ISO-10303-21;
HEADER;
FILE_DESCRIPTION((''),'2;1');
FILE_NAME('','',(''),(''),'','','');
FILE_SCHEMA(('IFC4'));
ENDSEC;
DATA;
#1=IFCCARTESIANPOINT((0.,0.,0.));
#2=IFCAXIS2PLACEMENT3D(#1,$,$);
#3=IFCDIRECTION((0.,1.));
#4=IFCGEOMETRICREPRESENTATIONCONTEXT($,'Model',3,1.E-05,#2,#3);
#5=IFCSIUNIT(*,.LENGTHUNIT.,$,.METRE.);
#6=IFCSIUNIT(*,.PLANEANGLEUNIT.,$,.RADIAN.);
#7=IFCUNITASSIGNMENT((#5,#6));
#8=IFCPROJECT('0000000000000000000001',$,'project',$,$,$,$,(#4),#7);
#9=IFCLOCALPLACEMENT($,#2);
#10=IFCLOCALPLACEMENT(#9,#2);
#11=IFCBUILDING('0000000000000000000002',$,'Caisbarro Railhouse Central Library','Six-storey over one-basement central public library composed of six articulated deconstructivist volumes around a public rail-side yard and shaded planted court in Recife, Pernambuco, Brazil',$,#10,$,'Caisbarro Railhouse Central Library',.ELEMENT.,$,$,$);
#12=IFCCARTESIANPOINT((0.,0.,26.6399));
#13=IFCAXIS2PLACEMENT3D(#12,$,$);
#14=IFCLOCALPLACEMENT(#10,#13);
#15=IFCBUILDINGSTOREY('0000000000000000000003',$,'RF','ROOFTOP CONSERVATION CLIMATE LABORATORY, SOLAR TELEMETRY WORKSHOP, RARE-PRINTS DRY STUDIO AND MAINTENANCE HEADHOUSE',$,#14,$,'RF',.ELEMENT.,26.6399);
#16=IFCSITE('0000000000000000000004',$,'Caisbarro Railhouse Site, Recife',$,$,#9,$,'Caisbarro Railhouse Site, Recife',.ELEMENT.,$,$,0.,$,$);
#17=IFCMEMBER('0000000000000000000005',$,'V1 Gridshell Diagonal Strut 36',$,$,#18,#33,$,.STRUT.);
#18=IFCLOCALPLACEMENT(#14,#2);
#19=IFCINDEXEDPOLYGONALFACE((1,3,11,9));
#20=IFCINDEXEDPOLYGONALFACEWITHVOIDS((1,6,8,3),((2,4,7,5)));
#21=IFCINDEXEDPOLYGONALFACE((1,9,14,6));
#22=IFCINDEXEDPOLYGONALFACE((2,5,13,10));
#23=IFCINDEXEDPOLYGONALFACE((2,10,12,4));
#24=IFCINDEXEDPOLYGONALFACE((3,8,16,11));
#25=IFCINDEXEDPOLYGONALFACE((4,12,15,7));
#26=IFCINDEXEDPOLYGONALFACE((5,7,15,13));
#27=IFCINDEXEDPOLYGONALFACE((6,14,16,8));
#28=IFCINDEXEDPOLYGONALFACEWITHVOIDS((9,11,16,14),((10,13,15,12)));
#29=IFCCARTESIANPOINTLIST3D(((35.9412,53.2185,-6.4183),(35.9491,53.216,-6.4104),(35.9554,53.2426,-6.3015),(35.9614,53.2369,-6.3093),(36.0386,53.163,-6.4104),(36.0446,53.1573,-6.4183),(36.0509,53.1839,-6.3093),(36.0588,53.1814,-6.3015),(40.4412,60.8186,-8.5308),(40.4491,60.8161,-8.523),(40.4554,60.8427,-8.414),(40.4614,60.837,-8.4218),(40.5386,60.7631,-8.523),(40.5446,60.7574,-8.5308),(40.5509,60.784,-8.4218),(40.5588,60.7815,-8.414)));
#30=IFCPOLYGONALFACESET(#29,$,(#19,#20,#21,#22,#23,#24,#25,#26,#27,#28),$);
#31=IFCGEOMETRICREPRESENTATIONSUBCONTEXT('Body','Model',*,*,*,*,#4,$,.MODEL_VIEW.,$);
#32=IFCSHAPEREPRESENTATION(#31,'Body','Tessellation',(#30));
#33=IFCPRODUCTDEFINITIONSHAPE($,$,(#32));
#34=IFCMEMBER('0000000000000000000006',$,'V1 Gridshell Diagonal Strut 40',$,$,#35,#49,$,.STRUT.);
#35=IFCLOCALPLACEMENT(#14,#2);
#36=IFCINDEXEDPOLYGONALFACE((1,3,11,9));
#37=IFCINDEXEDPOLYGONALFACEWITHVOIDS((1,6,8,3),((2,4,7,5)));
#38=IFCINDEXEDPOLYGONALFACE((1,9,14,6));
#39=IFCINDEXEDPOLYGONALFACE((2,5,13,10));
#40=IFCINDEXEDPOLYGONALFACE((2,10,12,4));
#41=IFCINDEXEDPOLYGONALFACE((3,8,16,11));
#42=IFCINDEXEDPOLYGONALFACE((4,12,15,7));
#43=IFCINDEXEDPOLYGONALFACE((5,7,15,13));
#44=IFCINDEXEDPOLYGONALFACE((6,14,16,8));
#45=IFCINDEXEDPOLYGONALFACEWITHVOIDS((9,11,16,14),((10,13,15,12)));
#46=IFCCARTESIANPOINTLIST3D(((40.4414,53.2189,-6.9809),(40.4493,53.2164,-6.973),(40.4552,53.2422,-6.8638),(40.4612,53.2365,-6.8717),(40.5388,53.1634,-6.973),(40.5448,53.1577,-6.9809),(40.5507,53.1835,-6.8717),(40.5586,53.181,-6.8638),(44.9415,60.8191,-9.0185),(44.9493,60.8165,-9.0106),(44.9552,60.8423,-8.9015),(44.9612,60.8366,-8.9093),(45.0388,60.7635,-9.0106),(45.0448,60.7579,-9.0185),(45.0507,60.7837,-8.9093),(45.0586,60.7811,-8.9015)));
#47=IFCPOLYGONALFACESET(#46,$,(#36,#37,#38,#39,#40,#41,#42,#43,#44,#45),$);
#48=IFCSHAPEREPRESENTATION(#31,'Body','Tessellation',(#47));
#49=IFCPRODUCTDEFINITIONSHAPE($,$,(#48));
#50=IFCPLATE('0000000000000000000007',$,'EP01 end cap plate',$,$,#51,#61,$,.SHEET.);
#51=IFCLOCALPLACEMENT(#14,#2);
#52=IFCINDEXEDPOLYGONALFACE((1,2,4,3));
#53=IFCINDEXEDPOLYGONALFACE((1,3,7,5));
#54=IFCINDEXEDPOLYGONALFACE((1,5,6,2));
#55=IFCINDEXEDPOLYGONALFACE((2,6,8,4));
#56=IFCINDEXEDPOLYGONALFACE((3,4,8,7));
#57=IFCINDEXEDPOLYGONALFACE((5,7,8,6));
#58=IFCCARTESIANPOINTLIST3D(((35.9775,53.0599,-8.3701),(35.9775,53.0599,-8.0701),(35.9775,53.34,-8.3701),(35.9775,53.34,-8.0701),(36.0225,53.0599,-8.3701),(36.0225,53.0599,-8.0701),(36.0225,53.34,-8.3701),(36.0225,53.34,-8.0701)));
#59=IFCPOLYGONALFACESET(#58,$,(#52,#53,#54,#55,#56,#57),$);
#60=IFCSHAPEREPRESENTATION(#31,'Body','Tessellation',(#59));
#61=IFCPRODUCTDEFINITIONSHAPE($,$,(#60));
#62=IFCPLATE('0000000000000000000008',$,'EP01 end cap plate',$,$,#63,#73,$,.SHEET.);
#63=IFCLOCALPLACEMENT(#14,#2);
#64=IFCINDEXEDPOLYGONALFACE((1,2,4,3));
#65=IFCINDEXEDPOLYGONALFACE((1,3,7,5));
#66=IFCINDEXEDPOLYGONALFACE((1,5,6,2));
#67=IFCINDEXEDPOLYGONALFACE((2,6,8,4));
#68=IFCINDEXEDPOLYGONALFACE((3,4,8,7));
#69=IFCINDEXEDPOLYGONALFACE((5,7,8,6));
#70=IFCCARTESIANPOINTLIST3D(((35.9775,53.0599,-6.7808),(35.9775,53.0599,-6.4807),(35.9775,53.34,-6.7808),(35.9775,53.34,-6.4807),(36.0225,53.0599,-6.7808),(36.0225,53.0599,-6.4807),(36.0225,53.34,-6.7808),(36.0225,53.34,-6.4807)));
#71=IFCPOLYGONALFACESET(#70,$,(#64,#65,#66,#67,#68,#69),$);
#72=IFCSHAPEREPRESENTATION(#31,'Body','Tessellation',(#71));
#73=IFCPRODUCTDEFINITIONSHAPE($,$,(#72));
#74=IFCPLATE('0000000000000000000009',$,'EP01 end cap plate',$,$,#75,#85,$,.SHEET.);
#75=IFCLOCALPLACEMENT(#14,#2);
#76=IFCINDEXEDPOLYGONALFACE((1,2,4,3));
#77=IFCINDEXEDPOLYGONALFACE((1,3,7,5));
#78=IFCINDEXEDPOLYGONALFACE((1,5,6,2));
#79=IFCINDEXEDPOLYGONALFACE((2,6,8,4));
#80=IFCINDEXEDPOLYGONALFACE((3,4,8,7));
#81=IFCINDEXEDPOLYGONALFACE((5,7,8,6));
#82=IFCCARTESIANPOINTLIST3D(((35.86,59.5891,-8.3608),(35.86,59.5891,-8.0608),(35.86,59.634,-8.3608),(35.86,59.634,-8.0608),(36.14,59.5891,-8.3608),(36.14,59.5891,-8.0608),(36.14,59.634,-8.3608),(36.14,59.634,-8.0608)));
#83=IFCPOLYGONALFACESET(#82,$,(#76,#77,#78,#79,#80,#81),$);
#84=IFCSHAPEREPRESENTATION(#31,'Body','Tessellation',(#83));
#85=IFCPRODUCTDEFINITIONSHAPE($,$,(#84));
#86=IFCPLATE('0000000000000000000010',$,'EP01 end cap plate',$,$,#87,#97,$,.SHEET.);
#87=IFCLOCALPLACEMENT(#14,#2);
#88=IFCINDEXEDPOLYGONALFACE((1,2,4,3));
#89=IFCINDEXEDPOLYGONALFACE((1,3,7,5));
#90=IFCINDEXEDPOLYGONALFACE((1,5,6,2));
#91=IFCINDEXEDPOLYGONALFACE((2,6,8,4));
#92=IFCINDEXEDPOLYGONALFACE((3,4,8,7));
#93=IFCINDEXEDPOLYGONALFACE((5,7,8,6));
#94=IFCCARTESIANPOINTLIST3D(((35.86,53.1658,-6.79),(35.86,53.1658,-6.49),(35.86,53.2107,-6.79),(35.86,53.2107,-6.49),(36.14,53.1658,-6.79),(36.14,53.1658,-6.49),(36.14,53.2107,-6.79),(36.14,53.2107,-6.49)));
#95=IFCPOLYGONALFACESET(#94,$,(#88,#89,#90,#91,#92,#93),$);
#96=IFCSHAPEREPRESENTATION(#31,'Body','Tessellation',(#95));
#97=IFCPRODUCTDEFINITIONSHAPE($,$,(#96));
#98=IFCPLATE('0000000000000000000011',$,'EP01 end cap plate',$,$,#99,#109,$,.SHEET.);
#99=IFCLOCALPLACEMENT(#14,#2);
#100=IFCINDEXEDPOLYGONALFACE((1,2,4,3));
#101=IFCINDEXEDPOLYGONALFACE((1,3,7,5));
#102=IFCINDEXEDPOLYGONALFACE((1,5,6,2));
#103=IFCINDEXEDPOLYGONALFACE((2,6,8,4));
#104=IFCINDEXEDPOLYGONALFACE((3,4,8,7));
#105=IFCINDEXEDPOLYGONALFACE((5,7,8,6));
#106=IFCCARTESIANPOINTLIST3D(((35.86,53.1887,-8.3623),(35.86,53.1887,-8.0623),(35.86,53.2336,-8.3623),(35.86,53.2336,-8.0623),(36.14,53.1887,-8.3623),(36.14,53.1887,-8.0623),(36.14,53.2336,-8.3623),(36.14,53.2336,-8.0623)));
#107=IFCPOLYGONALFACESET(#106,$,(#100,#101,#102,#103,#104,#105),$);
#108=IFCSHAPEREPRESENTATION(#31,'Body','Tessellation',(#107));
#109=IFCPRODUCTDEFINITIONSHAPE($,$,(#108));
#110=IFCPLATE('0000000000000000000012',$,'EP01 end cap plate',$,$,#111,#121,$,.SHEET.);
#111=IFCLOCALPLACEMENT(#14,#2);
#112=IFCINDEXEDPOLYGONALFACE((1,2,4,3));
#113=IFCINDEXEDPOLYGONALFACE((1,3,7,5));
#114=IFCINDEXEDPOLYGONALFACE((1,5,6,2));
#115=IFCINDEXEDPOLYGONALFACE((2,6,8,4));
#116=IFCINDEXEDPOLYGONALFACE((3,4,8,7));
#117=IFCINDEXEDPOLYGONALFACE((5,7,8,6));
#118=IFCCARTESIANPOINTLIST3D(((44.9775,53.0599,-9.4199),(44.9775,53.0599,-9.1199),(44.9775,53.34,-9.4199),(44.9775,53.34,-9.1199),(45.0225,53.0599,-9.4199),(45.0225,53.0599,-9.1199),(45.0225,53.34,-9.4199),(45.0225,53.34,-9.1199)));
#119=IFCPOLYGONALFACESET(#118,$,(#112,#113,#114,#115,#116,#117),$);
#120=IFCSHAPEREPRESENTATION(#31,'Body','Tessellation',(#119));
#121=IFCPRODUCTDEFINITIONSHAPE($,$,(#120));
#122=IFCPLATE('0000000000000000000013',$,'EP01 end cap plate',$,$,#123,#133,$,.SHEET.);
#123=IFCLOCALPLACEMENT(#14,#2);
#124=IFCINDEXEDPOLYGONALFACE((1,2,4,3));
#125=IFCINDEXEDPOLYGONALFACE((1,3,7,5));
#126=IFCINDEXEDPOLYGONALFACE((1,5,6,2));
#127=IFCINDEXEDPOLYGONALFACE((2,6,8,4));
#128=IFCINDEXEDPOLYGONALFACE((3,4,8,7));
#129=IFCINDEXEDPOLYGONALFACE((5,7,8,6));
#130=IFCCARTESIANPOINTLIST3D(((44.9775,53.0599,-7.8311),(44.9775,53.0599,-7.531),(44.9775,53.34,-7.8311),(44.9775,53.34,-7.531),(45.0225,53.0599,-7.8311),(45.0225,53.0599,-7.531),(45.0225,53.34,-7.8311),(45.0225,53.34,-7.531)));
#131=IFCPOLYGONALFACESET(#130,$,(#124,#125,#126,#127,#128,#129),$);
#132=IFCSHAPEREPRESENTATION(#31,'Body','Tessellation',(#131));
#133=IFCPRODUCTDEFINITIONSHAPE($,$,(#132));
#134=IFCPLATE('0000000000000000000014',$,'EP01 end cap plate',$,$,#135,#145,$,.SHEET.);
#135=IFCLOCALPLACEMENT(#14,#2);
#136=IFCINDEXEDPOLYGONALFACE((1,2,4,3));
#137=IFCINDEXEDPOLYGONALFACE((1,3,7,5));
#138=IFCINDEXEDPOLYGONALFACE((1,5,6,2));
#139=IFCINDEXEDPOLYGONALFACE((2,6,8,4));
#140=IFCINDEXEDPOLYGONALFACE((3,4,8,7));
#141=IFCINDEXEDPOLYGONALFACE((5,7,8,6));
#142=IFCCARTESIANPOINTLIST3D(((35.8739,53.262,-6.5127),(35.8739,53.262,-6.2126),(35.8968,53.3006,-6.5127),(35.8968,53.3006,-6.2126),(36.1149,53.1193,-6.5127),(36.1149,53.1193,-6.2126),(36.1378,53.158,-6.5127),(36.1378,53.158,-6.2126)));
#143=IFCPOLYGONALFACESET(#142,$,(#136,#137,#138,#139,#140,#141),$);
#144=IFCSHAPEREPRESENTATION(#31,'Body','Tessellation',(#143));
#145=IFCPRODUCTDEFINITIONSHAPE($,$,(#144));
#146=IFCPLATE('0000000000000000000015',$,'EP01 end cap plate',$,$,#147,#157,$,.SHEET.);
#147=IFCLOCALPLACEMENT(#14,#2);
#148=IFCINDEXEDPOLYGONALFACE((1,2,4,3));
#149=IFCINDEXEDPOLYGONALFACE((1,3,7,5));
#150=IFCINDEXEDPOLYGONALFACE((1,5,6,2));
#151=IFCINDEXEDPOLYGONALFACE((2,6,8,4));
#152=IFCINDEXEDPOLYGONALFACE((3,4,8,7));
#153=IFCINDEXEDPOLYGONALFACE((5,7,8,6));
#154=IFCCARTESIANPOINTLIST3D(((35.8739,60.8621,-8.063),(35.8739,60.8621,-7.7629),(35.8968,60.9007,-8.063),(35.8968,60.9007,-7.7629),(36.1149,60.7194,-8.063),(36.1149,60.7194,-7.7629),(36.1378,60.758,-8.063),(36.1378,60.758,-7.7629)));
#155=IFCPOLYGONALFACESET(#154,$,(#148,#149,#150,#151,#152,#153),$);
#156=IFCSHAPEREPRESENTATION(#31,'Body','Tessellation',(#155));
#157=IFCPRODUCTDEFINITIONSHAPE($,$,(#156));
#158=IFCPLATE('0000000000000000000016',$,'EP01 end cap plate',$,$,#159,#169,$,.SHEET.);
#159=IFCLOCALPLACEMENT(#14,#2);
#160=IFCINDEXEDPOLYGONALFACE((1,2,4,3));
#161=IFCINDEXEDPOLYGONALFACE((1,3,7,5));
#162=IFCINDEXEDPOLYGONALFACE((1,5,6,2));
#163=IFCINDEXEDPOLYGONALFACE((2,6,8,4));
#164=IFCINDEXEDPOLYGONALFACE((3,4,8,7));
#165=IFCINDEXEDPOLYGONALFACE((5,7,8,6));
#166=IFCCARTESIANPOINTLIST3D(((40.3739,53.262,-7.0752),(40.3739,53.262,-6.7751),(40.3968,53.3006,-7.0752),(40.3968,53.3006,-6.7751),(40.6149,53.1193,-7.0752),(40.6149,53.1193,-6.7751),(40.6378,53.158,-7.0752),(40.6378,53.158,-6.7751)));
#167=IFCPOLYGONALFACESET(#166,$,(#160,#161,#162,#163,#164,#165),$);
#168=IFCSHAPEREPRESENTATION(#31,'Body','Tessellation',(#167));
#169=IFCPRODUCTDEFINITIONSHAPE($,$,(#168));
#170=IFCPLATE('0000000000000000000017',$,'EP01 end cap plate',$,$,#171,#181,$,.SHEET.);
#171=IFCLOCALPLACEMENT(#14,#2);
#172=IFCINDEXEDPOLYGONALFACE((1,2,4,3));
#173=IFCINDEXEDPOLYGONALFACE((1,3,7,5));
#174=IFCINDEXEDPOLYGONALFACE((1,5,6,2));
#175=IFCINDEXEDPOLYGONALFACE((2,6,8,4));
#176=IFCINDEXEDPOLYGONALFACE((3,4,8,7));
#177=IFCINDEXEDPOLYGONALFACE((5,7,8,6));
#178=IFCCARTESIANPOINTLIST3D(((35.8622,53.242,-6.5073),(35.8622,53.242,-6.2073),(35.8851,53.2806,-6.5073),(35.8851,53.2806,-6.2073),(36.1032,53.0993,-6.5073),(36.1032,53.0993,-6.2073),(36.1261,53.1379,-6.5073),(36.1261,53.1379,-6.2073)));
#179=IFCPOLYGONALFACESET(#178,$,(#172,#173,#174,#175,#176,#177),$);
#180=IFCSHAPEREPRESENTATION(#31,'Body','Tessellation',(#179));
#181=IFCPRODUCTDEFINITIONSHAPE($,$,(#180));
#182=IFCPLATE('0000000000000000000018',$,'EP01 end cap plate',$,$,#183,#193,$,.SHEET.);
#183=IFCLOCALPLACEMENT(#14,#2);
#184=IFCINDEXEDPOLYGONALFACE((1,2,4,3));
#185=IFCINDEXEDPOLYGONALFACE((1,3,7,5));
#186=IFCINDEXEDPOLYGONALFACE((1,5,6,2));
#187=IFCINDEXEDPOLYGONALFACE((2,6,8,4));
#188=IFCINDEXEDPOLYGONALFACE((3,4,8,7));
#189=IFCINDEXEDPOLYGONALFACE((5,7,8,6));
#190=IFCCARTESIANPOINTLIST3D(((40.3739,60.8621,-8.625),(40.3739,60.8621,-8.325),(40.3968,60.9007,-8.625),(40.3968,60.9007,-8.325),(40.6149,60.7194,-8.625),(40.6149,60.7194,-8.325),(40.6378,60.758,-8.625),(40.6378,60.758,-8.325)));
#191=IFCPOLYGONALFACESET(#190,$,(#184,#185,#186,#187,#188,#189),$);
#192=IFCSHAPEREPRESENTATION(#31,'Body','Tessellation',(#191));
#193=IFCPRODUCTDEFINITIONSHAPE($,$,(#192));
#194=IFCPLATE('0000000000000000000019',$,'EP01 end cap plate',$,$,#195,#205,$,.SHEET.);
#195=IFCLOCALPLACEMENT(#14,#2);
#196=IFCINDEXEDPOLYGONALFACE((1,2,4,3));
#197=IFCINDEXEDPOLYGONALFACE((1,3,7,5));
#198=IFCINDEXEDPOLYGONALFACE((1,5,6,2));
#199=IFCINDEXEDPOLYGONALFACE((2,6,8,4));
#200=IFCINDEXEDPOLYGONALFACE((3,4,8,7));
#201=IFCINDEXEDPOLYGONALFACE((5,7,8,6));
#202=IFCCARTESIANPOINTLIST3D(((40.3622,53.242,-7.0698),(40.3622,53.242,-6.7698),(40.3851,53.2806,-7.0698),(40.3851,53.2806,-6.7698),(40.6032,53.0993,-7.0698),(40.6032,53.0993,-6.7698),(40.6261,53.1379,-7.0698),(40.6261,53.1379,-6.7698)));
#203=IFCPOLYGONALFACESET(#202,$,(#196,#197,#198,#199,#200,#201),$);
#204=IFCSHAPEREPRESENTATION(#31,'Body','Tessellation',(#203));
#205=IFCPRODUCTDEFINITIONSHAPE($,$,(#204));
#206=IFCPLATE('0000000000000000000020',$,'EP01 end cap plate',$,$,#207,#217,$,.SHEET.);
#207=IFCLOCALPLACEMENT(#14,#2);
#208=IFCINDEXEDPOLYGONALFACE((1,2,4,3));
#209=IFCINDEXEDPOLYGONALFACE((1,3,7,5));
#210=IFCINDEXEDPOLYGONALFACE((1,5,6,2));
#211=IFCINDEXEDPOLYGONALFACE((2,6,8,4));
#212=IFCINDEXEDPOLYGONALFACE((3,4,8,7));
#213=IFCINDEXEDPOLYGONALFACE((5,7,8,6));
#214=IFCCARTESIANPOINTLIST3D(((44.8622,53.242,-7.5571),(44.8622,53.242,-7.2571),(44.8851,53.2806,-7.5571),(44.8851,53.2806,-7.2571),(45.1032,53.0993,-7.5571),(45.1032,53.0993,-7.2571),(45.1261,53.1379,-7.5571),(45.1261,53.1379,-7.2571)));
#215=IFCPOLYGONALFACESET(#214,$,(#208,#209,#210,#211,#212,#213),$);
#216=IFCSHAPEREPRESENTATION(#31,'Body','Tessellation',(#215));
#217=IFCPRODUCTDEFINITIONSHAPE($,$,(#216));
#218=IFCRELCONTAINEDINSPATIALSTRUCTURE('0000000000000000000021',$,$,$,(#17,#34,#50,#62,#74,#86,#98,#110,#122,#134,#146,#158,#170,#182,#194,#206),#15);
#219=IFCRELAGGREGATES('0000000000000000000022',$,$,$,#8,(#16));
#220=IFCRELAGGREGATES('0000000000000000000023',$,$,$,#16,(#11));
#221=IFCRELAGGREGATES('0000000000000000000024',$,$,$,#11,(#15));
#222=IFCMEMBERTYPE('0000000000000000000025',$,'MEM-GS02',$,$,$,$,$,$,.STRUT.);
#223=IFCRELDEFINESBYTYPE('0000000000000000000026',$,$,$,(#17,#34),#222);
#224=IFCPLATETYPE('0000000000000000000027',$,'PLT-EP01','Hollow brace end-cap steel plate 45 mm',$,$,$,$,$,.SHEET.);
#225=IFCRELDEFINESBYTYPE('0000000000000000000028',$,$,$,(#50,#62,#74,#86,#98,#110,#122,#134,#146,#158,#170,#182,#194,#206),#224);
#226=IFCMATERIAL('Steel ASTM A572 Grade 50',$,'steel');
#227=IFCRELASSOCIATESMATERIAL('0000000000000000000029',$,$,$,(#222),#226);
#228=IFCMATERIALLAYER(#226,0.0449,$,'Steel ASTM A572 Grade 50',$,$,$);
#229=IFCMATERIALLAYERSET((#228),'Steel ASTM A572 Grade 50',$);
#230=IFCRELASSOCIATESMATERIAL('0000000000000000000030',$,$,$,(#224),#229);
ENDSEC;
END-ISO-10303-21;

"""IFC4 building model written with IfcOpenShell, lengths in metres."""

from ifc_helpers import new_model, si_unit, direction, frame, origin, origin_2d, place, context, subcontext, project, spatial, rectangle, hollow_rectangle, extrude, material, layer, layer_set, material_profile, profile_set, type_object, element, save


model = new_model("IFC4")

# Units and contexts
model_context = context("Model", 3, precision=1e-05, world=origin(), true_north=direction((0.0, 1.0)))
body_context = subcontext(model_context, "Body", "Model", "MODEL_VIEW")
ifc_project = project(units=[si_unit("LENGTHUNIT", "METRE"), si_unit("PLANEANGLEUNIT", "RADIAN")], contexts=[model_context])

# Site, building, storey
site_placement = place(None, origin())
site = spatial("IfcSite", under=ifc_project, at=site_placement, Name="Caisbarro Railhouse Site, Recife", LongName="Caisbarro Railhouse Site, Recife", CompositionType="ELEMENT", RefElevation=0.0)
building_placement = place(site_placement, origin())
building = spatial("IfcBuilding", under=site, at=building_placement, Name="Caisbarro Railhouse Central Library", Description="Six-storey over one-basement central public library composed of six articulated deconstructivist volumes around a public rail-side yard and shaded planted court in Recife, Pernambuco, Brazil", LongName="Caisbarro Railhouse Central Library", CompositionType="ELEMENT")
storey_placement = place(building_placement, frame((0.0, 0.0, 26.6399)))
storey = spatial("IfcBuildingStorey", under=building, at=storey_placement, Name="RF", Description="ROOFTOP CONSERVATION CLIMATE LABORATORY, SOLAR TELEMETRY WORKSHOP, RARE-PRINTS DRY STUDIO AND MAINTENANCE HEADHOUSE", LongName="RF", CompositionType="ELEMENT", Elevation=26.6399)

# Shared definitions
ifc_material = material(Name="Steel ASTM A572 Grade 50", Category="steel")

# Members
ifc_material_profile_1 = material_profile(ifc_material, hollow_rectangle(XDim=0.1201, YDim=0.1201, WallThickness=0.0081, at=origin_2d()), Name="HSS120X120X8")
ifc_profile_set_1 = profile_set([ifc_material_profile_1], Name="Steel ASTM A572 Grade 50")
member_type_1 = type_object("IfcMemberType", Name="MEM-GS02", PredefinedType="STRUT", material=ifc_profile_set_1)
member_1_placement = place(storey_placement, frame((36.0, 53.2, -6.3599), z_axis=(0.495511, 0.836873, -0.23262), x_axis=(-0.860478, 0.509487, 0.0)))
element("IfcMember", 1, at=member_1_placement, inside=storey, type_object=member_type_1, Name="V1 Gridshell Diagonal Strut 36", PredefinedType="STRUT", context=body_context, shape_type="SweptSolid", body=[
    extrude(hollow_rectangle(XDim=0.1201, YDim=0.1201, WallThickness=0.0081, at=origin_2d()), origin(), (0.0, 0.0, 1.0), 9.0815),
])
member_2_placement = place(storey_placement, frame((40.5, 53.2, -6.9224), z_axis=(0.496448, 0.838456, -0.224791), x_axis=(-0.860478, 0.509487, 0.0)))
element("IfcMember", 2, at=member_2_placement, inside=storey, type_object=member_type_1, Name="V1 Gridshell Diagonal Strut 40", PredefinedType="STRUT", context=body_context, shape_type="SweptSolid", body=[
    extrude(hollow_rectangle(XDim=0.1201, YDim=0.1201, WallThickness=0.0081, at=origin_2d()), origin(), (0.0, 0.0, 1.0), 9.0645),
])

# Plates
ifc_layer = layer(ifc_material, 0.0449, Name="Steel ASTM A572 Grade 50")
ifc_layer_set = layer_set([ifc_layer], Name="Steel ASTM A572 Grade 50")
plate_type = type_object("IfcPlateType", Name="PLT-EP01", Description="Hollow brace end-cap steel plate 45 mm", PredefinedType="SHEET", material=ifc_layer_set)
for number, where, z_axis, x_axis, name in (
    (3, (36.0, 53.2, -8.3701), (0.0, 0.0, 1.0), (1.0, 0.0, 0.0), "EP01 end cap plate"),
    (4, (36.0, 53.2, -6.7808), (0.0, 0.0, 1.0), (1.0, 0.0, 0.0), "EP01 end cap plate"),
    (5, (36.0, 59.6116, -8.3608), (0.0, 0.0, 1.0), (0.0, -1.0, 0.0), "EP01 end cap plate"),
    (6, (36.0, 53.1882, -6.79), (0.0, 0.0, 1.0), (0.0, -1.0, 0.0), "EP01 end cap plate"),
    (7, (36.0, 53.2112, -8.3623), (0.0, 0.0, 1.0), (0.0, -1.0, 0.0), "EP01 end cap plate"),
    (8, (45.0, 53.2, -9.4199), (0.0, 0.0, 1.0), (1.0, 0.0, 0.0), "EP01 end cap plate"),
    (9, (45.0, 53.2, -7.8311), (0.0, 0.0, 1.0), (1.0, 0.0, 0.0), "EP01 end cap plate"),
    (10, (36.0059, 53.21, -6.5127), (0.0, 0.0, 1.0), (0.509492, 0.860475, 0.0), "EP01 end cap plate"),
    (11, (36.0059, 60.8101, -8.063), (0.0, 0.0, 1.0), (0.509492, 0.860475, 0.0), "EP01 end cap plate"),
    (12, (40.5059, 53.21, -7.0752), (0.0, 0.0, 1.0), (0.509492, 0.860475, 0.0), "EP01 end cap plate"),
    (13, (35.9941, 53.1899, -6.5073), (0.0, 0.0, 1.0), (0.509492, 0.860475, 0.0), "EP01 end cap plate"),
    (14, (40.5059, 60.8101, -8.625), (0.0, 0.0, 1.0), (0.509492, 0.860475, 0.0), "EP01 end cap plate"),
    (15, (40.4941, 53.1899, -7.0698), (0.0, 0.0, 1.0), (0.509492, 0.860475, 0.0), "EP01 end cap plate"),
    (16, (44.9941, 53.1899, -7.5571), (0.0, 0.0, 1.0), (0.509492, 0.860475, 0.0), "EP01 end cap plate"),
):
    element("IfcPlate", number, at=place(storey_placement, frame(where, z_axis=z_axis, x_axis=x_axis)), inside=storey, type_object=plate_type, Name=name, PredefinedType="SHEET", context=body_context, shape_type="SweptSolid", body=[
        extrude(rectangle(XDim=0.0449, YDim=0.28, at=origin_2d()), origin(), (0.0, 0.0, 1.0), 0.3),
    ])

save(model, "model.ifc")
